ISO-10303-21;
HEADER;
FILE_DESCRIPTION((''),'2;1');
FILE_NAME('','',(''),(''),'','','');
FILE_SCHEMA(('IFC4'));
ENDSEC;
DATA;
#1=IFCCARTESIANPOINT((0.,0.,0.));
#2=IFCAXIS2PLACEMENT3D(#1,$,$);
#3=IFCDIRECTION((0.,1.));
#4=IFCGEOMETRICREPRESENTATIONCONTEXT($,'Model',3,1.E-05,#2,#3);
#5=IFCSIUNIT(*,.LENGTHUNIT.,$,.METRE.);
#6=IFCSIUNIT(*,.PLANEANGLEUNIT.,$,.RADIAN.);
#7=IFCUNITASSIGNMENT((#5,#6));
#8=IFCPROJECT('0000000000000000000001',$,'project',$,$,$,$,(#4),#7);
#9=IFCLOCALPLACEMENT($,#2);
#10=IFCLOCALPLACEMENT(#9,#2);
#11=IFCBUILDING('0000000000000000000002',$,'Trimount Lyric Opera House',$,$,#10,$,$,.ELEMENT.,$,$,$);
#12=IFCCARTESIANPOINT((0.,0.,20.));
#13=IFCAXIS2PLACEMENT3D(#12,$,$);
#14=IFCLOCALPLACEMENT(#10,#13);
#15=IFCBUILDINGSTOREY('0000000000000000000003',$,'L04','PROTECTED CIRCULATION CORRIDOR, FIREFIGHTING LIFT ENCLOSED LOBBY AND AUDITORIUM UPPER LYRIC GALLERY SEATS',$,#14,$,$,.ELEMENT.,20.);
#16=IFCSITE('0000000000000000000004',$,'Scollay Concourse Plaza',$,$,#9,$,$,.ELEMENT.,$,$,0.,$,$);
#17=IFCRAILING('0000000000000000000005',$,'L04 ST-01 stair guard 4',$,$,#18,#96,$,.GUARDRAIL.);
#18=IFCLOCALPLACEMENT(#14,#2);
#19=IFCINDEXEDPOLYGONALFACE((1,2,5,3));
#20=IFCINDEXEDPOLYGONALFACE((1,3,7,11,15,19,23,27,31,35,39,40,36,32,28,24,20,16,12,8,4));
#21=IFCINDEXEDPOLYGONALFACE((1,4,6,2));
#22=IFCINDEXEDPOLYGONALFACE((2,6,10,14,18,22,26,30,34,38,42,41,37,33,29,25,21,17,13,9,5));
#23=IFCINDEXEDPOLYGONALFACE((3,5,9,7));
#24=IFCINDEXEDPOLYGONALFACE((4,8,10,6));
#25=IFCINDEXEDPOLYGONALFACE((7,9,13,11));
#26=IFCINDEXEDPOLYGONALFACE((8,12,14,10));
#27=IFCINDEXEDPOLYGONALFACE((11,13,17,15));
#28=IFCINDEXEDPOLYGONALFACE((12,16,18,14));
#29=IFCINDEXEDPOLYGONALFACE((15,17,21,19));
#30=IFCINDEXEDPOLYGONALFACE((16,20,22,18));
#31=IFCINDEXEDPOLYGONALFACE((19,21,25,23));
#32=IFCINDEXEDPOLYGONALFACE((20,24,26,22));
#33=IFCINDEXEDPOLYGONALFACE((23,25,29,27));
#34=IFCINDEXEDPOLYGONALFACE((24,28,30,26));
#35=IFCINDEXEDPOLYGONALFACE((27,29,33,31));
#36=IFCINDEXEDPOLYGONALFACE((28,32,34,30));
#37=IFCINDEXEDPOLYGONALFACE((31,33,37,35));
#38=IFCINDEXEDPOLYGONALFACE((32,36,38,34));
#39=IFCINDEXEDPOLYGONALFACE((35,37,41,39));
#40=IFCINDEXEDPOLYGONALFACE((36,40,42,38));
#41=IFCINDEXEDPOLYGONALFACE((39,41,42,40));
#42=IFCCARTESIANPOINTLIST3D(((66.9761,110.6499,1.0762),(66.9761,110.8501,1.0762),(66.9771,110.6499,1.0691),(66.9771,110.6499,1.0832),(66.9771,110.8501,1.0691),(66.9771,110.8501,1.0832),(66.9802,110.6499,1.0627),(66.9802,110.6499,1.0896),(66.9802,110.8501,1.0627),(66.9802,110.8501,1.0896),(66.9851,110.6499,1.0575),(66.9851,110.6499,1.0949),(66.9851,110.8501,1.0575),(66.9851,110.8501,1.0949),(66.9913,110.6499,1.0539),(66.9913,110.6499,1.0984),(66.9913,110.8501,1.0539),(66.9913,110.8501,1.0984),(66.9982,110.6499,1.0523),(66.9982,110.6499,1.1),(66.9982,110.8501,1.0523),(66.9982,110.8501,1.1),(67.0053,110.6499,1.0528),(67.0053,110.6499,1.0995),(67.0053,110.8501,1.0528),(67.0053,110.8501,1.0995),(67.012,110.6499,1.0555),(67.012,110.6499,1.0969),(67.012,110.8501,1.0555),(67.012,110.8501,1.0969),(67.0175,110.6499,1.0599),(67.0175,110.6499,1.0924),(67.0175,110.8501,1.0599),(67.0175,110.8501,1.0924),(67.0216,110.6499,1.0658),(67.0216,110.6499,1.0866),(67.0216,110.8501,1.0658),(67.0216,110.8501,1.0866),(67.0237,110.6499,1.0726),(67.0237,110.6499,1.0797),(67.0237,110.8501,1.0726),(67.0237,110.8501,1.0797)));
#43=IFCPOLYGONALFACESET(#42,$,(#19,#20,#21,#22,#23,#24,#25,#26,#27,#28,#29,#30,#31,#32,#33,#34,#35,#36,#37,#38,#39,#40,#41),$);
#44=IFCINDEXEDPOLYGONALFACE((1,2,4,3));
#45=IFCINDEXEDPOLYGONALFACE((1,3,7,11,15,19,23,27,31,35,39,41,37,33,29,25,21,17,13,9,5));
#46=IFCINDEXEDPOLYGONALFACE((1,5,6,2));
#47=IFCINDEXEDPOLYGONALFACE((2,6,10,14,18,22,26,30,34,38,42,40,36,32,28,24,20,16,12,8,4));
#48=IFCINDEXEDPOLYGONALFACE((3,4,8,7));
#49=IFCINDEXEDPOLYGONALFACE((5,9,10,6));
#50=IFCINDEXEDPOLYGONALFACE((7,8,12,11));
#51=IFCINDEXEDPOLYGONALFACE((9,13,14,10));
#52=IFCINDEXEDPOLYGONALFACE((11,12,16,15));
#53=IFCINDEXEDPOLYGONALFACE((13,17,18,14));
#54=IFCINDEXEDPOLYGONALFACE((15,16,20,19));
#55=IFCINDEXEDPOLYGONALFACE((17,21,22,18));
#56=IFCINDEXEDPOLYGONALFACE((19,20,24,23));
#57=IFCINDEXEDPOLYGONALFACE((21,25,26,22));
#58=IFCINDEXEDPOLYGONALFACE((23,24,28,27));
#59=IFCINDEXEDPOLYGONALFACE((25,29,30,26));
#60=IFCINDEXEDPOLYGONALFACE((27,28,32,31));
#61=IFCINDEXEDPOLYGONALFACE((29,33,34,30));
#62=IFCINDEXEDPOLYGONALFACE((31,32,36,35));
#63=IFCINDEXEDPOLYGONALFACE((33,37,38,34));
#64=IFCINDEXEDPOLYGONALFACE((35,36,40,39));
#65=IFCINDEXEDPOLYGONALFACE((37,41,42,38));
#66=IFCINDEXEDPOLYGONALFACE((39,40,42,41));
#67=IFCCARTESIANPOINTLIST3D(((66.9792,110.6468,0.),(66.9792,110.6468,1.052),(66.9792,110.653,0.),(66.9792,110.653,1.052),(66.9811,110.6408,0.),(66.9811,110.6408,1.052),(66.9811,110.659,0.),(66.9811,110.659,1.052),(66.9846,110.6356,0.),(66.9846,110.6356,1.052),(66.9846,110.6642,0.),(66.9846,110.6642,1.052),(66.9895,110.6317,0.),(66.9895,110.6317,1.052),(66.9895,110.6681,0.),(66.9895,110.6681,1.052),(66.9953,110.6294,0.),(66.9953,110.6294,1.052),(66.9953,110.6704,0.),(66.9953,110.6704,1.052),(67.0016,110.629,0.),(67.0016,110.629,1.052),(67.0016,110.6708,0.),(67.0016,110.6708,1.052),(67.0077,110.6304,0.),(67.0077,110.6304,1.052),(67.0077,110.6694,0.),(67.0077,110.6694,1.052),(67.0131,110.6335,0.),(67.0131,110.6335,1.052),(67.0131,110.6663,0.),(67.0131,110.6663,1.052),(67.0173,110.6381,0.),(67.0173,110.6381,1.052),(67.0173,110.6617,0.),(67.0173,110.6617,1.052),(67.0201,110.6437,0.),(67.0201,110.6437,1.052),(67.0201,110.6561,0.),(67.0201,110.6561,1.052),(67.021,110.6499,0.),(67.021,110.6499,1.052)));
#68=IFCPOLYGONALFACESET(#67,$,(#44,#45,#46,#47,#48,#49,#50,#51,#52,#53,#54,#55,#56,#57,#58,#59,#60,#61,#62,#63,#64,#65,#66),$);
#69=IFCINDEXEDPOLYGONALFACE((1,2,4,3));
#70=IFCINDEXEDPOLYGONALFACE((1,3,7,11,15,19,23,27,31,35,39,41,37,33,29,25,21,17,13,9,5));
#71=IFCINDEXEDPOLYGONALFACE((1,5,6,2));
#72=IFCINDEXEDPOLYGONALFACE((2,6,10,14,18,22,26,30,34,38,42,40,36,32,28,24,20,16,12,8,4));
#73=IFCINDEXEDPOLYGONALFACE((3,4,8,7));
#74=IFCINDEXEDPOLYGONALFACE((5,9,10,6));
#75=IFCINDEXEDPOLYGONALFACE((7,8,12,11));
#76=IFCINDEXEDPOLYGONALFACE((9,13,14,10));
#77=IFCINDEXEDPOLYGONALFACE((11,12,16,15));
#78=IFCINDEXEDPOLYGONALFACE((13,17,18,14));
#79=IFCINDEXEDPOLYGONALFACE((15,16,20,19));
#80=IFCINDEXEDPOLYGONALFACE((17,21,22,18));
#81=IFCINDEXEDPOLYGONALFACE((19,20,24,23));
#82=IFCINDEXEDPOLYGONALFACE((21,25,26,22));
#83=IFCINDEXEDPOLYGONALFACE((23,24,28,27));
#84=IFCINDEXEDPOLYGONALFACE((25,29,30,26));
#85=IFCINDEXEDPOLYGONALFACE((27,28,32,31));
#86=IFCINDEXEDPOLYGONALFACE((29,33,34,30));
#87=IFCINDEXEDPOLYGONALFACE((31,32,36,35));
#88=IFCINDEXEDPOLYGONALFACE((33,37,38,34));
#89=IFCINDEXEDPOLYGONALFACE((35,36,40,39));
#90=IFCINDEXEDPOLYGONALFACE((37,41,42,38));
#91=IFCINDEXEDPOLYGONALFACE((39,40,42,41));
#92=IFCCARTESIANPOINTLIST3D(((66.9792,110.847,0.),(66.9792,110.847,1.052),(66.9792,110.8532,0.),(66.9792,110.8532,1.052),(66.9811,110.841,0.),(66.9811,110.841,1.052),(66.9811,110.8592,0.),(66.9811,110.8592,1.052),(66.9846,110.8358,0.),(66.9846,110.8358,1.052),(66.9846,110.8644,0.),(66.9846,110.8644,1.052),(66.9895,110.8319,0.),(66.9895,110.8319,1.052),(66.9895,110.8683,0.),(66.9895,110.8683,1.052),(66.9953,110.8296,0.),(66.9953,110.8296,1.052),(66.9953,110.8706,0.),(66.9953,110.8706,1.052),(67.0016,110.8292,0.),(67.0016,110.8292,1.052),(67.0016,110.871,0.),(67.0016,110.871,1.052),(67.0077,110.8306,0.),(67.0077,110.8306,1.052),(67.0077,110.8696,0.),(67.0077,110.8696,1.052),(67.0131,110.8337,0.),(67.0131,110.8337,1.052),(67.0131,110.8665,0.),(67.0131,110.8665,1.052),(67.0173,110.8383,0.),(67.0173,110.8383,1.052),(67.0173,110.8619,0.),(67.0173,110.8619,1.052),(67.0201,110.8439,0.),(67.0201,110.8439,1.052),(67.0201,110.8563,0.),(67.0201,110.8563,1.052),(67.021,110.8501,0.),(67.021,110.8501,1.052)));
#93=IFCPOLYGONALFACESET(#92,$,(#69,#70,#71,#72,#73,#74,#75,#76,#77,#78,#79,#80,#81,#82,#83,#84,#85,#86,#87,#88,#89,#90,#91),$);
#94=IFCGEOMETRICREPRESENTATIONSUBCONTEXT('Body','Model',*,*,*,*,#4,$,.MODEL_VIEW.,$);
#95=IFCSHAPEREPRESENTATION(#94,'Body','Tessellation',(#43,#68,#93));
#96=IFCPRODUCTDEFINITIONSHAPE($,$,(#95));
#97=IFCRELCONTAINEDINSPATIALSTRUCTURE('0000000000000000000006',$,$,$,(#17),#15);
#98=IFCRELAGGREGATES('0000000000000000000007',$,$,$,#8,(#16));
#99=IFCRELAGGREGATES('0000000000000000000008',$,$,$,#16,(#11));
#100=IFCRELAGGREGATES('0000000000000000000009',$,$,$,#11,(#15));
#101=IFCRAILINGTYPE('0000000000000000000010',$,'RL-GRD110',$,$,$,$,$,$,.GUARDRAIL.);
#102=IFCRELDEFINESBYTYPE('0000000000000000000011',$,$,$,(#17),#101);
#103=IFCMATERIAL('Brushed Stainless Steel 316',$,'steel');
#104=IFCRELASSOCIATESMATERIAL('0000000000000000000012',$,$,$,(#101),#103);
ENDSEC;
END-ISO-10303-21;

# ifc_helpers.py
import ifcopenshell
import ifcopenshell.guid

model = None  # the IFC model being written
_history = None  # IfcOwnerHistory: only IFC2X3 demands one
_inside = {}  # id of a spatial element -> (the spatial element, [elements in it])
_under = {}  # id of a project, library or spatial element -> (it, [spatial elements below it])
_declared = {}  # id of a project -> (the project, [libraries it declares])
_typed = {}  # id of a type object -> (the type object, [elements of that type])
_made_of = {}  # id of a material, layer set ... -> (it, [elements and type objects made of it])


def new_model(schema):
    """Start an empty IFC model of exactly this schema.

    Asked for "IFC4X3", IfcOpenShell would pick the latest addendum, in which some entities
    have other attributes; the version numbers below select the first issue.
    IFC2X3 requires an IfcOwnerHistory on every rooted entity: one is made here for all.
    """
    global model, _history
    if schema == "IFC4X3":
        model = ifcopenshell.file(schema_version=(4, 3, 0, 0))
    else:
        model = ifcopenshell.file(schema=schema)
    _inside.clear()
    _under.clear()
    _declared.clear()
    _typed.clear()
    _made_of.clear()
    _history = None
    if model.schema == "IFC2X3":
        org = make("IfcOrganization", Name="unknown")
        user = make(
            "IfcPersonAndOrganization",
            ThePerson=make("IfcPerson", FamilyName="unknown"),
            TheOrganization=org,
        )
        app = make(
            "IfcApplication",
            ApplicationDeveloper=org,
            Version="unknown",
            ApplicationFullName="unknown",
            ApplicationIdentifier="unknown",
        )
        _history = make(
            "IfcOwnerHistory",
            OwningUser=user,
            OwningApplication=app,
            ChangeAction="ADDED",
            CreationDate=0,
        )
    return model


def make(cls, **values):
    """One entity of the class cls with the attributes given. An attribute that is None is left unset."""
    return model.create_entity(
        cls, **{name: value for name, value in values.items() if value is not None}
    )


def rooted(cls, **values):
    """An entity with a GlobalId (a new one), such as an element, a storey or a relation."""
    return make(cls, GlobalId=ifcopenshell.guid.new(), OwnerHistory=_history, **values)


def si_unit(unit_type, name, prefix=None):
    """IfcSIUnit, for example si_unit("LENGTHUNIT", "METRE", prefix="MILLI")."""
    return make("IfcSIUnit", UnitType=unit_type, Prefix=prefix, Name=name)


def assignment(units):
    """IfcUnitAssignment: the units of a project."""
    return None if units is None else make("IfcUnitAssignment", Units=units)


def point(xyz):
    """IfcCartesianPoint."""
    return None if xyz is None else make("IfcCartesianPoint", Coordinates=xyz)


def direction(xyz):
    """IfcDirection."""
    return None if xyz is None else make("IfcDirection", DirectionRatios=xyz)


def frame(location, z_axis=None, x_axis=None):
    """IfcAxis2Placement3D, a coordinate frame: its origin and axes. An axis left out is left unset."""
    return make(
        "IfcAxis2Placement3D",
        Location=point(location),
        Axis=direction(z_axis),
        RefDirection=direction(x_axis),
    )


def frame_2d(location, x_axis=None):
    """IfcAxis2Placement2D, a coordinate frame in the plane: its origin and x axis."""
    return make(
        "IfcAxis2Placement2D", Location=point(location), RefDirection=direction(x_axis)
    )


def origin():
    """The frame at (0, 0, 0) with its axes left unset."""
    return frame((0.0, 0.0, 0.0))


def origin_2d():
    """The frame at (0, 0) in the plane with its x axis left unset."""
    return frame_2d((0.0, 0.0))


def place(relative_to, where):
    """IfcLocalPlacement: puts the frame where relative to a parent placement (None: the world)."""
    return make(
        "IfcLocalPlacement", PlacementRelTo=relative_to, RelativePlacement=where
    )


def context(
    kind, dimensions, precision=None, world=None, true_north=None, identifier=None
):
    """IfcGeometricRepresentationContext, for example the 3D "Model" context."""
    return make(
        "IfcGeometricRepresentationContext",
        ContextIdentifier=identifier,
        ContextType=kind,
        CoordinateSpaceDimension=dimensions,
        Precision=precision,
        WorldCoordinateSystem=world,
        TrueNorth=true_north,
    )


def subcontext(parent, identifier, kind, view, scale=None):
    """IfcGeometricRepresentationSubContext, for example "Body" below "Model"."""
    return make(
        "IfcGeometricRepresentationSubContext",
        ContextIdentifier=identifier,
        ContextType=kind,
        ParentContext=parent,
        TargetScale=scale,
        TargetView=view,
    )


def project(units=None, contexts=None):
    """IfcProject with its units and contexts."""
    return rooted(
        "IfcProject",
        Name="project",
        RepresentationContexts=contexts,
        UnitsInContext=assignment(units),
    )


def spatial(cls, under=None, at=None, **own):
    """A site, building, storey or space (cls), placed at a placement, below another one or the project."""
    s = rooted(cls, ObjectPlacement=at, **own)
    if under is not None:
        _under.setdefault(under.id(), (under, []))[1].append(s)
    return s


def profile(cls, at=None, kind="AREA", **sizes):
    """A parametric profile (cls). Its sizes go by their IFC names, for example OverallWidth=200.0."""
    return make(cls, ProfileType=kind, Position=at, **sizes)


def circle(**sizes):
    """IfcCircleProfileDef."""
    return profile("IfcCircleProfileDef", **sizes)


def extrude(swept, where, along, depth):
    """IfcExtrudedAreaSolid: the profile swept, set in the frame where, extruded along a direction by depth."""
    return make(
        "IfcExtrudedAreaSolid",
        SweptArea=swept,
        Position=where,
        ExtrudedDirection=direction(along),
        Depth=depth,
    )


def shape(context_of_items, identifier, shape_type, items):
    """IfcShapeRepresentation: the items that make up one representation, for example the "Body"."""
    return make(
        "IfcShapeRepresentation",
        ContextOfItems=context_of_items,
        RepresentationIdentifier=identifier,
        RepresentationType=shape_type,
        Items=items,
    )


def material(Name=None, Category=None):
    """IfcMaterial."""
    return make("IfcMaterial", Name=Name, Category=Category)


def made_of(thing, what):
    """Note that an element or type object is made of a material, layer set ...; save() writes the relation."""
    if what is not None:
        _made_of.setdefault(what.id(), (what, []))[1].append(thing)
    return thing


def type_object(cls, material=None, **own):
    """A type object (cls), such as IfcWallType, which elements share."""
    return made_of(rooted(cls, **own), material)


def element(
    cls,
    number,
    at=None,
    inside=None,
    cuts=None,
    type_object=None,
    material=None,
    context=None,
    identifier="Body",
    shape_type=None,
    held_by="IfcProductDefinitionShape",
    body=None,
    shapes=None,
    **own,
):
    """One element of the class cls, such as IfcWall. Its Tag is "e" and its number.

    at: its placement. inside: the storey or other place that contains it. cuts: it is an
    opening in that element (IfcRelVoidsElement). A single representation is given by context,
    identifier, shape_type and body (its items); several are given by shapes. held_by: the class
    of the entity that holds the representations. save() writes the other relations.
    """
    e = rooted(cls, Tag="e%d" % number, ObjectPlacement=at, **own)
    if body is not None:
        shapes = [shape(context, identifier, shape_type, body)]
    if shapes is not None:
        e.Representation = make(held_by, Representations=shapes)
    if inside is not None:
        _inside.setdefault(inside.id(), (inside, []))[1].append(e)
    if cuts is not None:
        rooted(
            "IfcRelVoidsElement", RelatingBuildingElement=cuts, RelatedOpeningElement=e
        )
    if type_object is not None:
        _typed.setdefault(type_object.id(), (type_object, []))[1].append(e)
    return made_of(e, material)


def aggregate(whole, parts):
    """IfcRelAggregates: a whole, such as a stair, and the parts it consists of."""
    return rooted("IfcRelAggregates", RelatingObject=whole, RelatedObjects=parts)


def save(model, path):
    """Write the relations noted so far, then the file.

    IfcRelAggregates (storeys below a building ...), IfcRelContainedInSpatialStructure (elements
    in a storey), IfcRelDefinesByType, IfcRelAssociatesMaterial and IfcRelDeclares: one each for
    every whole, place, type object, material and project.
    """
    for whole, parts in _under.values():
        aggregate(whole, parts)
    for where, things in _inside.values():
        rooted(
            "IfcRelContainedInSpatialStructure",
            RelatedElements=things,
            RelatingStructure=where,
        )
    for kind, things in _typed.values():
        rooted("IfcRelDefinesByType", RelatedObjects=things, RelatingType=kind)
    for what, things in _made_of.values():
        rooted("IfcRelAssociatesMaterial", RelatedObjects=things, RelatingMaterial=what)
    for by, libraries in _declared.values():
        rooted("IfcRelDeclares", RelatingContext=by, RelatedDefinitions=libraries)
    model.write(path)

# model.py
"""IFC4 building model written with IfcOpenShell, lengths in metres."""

from ifc_helpers import new_model, si_unit, direction, frame, origin, origin_2d, place, context, subcontext, project, spatial, circle, extrude, material, type_object, element, save


model = new_model("IFC4")

# Units and contexts
model_context = context("Model", 3, precision=1e-05, world=origin(), true_north=direction((0.0, 1.0)))
body_context = subcontext(model_context, "Body", "Model", "MODEL_VIEW")
ifc_project = project(units=[si_unit("LENGTHUNIT", "METRE"), si_unit("PLANEANGLEUNIT", "RADIAN")], contexts=[model_context])

# Site, building, storey
site_placement = place(None, origin())
site = spatial("IfcSite", under=ifc_project, at=site_placement, Name="Scollay Concourse Plaza", CompositionType="ELEMENT", RefElevation=0.0)
building_placement = place(site_placement, origin())
building = spatial("IfcBuilding", under=site, at=building_placement, Name="Trimount Lyric Opera House", CompositionType="ELEMENT")
storey_placement = place(building_placement, frame((0.0, 0.0, 20.0)))
storey = spatial("IfcBuildingStorey", under=building, at=storey_placement, Name="L04", Description="PROTECTED CIRCULATION CORRIDOR, FIREFIGHTING LIFT ENCLOSED LOBBY AND AUDITORIUM UPPER LYRIC GALLERY SEATS", CompositionType="ELEMENT", Elevation=20.0)

# Railing
ifc_material_1 = material(Name="Brushed Stainless Steel 316", Category="steel")
railing_type_1 = type_object("IfcRailingType", Name="RL-GRD110", PredefinedType="GUARDRAIL", material=ifc_material_1)
railing_1_placement = place(storey_placement, frame((67.0, 110.6499, 0.0)))
element("IfcRailing", 1, at=railing_1_placement, inside=storey, type_object=railing_type_1, Name="L04 ST-01 stair guard 4", PredefinedType="GUARDRAIL", context=body_context, shape_type="SweptSolid", body=[
    extrude(circle(Radius=0.0239, at=origin_2d()), frame((0.0, 0.0, 1.0762), z_axis=(0.0, 1.0, 0.0), x_axis=(-1.0, 0.0, 0.0)), (0.0, 0.0, 1.0), 0.2002),
    extrude(circle(Radius=0.021, at=origin_2d()), origin(), (0.0, 0.0, 1.0), 1.052),
    extrude(circle(Radius=0.021, at=origin_2d()), frame((0.0, 0.2002, 0.0)), (0.0, 0.0, 1.0), 1.052),
])

save(model, "model.ifc")
